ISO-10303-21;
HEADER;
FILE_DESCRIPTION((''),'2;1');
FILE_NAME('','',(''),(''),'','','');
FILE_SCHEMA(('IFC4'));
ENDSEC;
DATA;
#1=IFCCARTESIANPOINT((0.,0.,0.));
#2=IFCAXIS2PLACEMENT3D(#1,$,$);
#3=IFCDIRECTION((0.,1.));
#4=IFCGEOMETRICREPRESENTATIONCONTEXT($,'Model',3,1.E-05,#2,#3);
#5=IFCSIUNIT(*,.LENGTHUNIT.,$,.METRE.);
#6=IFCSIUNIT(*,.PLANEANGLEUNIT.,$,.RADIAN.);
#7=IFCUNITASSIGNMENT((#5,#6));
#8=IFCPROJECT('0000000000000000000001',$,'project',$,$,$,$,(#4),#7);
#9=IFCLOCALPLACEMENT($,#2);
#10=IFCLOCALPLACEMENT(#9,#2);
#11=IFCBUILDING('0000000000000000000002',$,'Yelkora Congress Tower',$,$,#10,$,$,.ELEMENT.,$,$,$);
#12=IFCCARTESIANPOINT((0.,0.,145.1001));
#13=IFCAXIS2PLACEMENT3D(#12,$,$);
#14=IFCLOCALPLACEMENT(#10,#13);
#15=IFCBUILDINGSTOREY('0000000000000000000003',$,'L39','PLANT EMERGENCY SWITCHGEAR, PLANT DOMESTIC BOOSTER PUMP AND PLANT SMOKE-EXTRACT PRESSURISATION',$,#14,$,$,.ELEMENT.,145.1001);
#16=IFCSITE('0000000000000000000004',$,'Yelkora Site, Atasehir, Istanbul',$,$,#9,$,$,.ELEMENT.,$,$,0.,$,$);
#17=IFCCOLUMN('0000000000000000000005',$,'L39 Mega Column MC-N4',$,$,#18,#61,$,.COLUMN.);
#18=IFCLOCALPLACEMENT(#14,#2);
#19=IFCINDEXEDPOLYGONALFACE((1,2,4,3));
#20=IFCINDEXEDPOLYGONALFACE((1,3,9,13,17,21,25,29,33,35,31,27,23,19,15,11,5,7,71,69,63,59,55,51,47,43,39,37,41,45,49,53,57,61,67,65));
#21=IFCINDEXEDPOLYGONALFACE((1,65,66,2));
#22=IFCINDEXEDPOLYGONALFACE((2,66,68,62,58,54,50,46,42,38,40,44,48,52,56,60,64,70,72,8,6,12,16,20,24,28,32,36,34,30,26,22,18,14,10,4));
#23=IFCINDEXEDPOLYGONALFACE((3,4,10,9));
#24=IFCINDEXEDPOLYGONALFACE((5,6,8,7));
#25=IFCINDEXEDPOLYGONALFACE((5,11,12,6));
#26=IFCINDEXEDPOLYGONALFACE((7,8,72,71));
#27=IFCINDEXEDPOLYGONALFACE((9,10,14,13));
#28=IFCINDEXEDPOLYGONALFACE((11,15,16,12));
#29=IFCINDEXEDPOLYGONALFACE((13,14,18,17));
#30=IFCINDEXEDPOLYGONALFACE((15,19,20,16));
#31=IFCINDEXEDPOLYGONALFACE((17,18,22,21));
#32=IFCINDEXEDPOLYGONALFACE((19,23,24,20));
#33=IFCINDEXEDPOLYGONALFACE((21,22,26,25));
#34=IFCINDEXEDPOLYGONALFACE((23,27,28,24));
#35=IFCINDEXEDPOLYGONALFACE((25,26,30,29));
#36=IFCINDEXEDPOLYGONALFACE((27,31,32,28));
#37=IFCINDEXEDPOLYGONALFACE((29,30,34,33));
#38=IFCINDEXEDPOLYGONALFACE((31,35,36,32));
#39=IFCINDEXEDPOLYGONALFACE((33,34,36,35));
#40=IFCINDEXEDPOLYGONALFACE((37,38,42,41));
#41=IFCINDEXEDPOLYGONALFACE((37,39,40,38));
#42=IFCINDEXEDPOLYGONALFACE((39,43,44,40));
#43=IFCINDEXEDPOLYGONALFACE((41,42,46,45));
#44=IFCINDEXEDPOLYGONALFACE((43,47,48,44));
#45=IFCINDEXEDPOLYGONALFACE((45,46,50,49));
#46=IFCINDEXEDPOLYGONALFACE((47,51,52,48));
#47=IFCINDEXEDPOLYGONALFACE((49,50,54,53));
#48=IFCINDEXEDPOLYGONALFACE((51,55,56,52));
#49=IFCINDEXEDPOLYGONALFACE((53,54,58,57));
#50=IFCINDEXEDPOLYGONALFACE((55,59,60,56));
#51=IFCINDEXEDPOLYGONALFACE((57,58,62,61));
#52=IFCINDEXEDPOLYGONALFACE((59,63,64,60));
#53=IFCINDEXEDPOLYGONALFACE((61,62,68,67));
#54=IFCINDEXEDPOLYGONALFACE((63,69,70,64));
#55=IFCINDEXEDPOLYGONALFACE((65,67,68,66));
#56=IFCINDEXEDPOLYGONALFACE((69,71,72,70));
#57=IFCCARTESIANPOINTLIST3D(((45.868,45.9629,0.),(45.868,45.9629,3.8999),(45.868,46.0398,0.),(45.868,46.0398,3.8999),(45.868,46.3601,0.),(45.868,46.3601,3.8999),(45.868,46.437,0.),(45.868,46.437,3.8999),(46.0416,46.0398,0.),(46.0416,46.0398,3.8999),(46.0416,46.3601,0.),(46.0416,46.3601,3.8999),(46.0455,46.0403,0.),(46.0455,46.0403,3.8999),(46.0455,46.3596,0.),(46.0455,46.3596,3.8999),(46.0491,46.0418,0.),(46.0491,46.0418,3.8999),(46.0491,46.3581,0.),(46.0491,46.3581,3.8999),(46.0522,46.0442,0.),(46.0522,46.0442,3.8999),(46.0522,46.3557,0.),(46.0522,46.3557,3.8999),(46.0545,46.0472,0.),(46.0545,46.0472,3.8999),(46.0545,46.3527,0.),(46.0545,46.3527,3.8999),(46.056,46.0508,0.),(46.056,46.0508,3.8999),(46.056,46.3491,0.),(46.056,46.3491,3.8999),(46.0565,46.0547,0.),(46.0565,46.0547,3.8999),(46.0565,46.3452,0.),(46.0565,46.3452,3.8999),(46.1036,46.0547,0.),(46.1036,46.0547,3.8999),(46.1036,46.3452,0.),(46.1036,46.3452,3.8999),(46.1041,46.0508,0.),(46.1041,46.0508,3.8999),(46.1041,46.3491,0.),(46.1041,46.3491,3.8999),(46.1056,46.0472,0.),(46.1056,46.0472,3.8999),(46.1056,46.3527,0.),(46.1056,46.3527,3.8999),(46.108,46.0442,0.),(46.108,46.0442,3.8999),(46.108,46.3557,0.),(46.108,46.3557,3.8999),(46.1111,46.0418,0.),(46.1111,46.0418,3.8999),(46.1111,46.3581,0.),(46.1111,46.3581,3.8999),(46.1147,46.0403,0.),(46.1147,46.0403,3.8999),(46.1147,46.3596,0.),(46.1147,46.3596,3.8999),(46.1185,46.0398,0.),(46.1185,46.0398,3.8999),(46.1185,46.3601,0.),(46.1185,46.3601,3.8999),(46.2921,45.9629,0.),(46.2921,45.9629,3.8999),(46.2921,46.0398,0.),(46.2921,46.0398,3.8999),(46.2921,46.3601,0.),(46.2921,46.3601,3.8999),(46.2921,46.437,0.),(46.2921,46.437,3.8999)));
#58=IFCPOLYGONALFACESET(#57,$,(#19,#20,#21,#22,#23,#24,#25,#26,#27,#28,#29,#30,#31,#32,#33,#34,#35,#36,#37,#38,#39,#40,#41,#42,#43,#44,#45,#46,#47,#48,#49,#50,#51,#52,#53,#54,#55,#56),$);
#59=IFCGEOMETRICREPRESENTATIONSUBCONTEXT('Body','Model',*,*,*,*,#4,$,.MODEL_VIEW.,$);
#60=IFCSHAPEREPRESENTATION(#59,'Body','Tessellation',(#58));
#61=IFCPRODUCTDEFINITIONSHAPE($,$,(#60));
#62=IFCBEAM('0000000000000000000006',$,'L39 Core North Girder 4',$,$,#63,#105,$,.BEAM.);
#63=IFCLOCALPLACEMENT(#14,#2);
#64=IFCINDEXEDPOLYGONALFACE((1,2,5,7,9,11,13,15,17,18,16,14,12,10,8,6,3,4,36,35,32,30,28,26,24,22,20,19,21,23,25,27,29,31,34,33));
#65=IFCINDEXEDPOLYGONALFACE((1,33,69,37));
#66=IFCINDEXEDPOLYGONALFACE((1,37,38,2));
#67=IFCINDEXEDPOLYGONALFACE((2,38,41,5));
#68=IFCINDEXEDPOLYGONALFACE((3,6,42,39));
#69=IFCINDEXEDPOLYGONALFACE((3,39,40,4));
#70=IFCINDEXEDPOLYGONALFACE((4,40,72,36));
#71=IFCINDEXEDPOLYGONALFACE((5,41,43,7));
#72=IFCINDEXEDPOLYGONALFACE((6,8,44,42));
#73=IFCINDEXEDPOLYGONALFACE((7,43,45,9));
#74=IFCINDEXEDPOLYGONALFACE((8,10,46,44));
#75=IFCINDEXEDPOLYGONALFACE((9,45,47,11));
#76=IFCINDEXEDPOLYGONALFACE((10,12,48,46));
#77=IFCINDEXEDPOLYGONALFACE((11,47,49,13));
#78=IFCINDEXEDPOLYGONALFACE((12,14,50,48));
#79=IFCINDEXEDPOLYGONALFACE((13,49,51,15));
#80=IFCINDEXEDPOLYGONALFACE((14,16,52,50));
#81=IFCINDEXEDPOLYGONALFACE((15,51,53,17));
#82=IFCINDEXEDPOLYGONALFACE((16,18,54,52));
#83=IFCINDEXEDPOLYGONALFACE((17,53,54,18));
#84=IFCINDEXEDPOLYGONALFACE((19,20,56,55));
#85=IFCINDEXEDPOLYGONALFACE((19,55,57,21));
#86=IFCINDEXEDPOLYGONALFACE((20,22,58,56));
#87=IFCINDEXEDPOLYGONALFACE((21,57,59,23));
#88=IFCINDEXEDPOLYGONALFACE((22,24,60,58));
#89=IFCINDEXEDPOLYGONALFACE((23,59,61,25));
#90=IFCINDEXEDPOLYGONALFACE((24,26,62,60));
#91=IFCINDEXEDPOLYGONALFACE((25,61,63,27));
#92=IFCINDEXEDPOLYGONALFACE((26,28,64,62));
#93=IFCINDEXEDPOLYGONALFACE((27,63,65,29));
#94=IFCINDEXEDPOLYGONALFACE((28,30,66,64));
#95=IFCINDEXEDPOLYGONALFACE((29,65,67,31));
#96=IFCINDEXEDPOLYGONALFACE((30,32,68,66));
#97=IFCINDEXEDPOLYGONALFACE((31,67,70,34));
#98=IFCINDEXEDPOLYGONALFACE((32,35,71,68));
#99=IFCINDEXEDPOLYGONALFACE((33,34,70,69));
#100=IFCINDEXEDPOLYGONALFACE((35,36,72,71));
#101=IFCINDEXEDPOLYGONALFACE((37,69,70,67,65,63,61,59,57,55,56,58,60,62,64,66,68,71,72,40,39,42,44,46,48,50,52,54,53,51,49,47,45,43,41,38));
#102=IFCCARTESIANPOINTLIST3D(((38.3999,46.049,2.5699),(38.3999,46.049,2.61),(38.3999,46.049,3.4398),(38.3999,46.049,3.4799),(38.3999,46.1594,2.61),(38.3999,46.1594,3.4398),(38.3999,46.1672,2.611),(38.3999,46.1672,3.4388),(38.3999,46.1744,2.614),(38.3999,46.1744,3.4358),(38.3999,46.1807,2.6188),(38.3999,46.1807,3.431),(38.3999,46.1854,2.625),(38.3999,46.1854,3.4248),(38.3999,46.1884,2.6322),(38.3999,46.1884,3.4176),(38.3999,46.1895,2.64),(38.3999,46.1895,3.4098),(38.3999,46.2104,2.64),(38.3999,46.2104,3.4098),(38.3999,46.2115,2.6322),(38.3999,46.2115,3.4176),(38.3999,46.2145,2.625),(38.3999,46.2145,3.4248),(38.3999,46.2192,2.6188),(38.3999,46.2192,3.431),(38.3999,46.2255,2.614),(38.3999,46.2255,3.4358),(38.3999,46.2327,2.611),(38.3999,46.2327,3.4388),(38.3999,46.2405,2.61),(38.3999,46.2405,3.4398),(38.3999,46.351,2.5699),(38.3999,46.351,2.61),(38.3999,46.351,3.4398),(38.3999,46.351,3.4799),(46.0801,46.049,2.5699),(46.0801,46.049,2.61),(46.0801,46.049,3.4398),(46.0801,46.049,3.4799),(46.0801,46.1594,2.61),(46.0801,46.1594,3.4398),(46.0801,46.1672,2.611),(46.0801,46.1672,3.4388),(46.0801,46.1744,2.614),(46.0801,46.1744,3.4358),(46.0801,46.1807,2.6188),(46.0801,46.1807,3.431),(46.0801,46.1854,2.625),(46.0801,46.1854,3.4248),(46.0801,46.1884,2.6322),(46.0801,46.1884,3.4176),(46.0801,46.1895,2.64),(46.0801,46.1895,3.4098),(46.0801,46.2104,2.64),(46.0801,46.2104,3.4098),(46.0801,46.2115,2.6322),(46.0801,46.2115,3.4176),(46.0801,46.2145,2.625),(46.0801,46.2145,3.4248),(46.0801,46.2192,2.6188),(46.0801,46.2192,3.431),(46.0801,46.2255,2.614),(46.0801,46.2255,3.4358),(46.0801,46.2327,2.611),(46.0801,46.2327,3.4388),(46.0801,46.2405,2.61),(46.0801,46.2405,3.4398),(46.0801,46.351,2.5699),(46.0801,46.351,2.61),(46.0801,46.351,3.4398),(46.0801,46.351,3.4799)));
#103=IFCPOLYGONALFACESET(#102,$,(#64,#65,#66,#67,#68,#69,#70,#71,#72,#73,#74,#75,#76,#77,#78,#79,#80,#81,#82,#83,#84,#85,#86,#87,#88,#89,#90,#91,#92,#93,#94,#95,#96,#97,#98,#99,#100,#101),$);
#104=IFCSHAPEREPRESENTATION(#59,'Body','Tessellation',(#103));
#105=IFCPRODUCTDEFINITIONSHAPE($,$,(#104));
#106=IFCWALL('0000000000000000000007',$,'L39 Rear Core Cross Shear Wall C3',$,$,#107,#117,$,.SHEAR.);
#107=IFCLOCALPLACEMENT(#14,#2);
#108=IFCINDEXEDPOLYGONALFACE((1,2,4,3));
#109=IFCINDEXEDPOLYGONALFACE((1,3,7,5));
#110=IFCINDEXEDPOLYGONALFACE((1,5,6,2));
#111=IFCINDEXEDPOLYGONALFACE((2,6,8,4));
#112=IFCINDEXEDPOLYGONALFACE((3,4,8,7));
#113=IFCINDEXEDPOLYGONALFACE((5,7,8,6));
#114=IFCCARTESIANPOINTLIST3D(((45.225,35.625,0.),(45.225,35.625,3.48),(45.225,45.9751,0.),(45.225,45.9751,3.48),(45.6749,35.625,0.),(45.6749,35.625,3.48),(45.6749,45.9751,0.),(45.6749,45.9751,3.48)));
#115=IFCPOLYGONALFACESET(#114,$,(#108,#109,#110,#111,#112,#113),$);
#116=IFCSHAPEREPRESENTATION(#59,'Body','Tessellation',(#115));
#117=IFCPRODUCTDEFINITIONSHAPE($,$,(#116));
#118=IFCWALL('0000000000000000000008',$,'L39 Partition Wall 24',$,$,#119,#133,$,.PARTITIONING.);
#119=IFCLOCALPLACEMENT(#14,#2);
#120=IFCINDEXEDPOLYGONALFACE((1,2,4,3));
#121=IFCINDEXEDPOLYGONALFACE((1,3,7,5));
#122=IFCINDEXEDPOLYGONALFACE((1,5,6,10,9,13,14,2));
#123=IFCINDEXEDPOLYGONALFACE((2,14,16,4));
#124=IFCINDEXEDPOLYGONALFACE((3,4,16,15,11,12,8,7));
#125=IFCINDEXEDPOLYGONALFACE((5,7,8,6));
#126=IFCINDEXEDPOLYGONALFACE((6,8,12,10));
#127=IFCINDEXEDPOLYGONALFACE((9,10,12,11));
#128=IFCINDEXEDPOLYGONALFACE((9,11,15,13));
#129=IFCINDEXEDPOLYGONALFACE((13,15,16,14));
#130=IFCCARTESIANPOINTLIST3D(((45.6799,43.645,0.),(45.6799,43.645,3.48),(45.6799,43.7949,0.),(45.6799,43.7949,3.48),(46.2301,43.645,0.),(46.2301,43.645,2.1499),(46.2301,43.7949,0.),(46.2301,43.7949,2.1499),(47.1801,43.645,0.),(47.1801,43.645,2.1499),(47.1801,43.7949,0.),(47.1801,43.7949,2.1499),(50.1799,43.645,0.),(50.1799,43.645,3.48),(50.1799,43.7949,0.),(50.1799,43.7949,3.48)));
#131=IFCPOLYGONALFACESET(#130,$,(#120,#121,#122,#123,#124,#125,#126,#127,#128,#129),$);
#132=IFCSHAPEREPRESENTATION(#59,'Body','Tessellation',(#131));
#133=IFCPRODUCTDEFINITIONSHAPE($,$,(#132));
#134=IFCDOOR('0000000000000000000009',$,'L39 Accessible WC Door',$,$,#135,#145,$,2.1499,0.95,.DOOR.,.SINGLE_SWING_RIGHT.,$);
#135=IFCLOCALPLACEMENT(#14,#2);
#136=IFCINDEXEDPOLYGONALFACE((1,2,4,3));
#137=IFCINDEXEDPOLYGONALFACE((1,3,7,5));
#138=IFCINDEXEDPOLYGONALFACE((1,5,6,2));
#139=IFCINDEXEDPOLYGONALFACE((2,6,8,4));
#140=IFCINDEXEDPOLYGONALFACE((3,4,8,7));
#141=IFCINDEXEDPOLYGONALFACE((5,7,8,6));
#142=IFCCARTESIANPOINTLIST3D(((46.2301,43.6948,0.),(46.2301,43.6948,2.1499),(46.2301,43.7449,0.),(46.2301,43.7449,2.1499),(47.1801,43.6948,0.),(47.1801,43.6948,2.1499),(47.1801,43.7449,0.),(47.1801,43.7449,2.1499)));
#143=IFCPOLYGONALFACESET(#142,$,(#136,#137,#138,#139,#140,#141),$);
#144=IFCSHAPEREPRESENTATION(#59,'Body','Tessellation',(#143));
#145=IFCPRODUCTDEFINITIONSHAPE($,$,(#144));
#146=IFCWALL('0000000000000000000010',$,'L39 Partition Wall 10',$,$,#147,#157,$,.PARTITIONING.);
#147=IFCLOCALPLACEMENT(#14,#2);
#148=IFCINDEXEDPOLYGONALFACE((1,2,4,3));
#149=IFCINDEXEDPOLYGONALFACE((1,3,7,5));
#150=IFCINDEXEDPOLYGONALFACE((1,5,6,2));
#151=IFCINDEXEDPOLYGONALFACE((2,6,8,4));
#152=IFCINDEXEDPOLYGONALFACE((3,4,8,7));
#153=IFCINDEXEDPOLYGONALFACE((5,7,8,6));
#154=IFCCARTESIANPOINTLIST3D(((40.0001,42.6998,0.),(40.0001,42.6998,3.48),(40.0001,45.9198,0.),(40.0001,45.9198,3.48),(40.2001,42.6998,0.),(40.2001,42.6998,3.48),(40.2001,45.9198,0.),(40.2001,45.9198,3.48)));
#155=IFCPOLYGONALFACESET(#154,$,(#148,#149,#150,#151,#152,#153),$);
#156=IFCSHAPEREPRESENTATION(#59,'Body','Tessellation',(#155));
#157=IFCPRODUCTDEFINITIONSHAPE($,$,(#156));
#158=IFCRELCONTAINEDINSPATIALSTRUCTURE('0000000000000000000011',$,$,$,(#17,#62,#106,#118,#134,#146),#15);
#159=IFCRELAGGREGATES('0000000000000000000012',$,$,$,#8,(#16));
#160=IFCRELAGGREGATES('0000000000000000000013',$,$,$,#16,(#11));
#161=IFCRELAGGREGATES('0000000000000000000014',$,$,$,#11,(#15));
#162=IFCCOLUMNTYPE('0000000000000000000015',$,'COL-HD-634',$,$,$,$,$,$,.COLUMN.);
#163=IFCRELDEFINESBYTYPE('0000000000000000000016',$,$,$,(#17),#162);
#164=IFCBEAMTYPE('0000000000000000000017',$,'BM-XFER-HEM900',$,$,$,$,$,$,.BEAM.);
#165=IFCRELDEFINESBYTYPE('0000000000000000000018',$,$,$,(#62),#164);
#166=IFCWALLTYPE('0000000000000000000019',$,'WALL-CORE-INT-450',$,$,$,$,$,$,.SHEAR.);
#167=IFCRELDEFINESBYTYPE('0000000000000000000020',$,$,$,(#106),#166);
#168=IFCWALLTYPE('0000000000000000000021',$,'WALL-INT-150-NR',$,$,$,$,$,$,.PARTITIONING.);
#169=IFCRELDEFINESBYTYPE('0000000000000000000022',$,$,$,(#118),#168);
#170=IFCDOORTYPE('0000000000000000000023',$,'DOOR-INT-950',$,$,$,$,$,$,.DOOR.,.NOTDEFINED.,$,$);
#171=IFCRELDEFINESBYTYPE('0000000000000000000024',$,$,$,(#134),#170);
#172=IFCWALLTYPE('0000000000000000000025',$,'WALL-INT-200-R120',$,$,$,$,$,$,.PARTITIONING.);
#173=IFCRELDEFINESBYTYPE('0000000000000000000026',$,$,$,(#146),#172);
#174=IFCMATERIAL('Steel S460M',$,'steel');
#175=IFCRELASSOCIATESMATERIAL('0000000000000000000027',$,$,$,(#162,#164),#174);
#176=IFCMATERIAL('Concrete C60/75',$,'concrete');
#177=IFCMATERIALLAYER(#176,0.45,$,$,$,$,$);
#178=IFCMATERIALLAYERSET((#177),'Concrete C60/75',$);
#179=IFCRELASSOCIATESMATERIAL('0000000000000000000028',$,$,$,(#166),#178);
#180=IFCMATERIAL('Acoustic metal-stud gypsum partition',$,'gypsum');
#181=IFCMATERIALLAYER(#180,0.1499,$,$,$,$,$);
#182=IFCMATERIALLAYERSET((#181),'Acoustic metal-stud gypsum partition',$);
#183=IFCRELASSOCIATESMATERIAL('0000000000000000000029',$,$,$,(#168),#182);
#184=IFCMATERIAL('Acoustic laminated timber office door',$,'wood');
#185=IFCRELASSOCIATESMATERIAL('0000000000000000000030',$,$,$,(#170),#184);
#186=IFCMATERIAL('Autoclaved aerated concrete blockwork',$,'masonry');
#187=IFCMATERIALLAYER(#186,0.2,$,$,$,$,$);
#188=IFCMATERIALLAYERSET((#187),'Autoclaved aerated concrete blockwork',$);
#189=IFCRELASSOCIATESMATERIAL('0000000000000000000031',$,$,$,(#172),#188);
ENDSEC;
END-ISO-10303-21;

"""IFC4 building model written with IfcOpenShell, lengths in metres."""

from ifc_helpers import new_model, si_unit, direction, frame, frame_2d, origin, origin_2d, place, context, subcontext, project, spatial, rectangle, i_section, extrude, material, layer, layer_set, material_profile, profile_set, type_object, element, fill, save


model = new_model("IFC4")

# Units and contexts
model_context = context("Model", 3, precision=1e-05, world=origin(), true_north=direction((0.0, 1.0)))
body_context = subcontext(model_context, "Body", "Model", "MODEL_VIEW")
ifc_project = project(units=[si_unit("LENGTHUNIT", "METRE"), si_unit("PLANEANGLEUNIT", "RADIAN")], contexts=[model_context])

# Site, building, storey
site_placement = place(None, origin())
site = spatial("IfcSite", under=ifc_project, at=site_placement, Name="Yelkora Site, Atasehir, Istanbul", CompositionType="ELEMENT", RefElevation=0.0)
building_placement = place(site_placement, origin())
building = spatial("IfcBuilding", under=site, at=building_placement, Name="Yelkora Congress Tower", CompositionType="ELEMENT")
storey_placement = place(building_placement, frame((0.0, 0.0, 145.1001)))
storey = spatial("IfcBuildingStorey", under=building, at=storey_placement, Name="L39", Description="PLANT EMERGENCY SWITCHGEAR, PLANT DOMESTIC BOOSTER PUMP AND PLANT SMOKE-EXTRACT PRESSURISATION", CompositionType="ELEMENT", Elevation=145.1001)

# Column
ifc_material_1 = material(Name="Steel S460M", Category="steel")
ifc_material_profile_1 = material_profile(ifc_material_1, i_section(OverallWidth=0.4241, OverallDepth=0.4741, WebThickness=0.0471, FlangeThickness=0.0769, FilletRadius=0.0149, at=origin_2d()), Name="HD 400x634")
ifc_profile_set_1 = profile_set([ifc_material_profile_1], Name="Steel S460M")
column_type = type_object("IfcColumnType", Name="COL-HD-634", PredefinedType="COLUMN", material=ifc_profile_set_1)
column_placement = place(storey_placement, frame((46.0801, 46.2, 0.0), z_axis=(0.0, 0.0, 1.0), x_axis=(1.0, 0.0, 0.0)))
element("IfcColumn", 1, at=column_placement, inside=storey, type_object=column_type, Name="L39 Mega Column MC-N4", PredefinedType="COLUMN", context=body_context, shape_type="SweptSolid", body=[
    extrude(i_section(OverallWidth=0.4241, OverallDepth=0.4741, WebThickness=0.0471, FlangeThickness=0.0769, FilletRadius=0.0149, at=origin_2d()), origin(), (0.0, 0.0, 1.0), 3.8999),
])

# Beam
ifc_material_profile_2 = material_profile(ifc_material_1, i_section(OverallWidth=0.302, OverallDepth=0.9099, WebThickness=0.021, FlangeThickness=0.04, FilletRadius=0.03, at=origin_2d()), Name="HEM 900")
ifc_profile_set_2 = profile_set([ifc_material_profile_2], Name="Steel S460M")
beam_type = type_object("IfcBeamType", Name="BM-XFER-HEM900", PredefinedType="BEAM", material=ifc_profile_set_2)
beam_placement = place(storey_placement, frame((38.3999, 46.2, 3.0249), z_axis=(1.0, 0.0, 0.0), x_axis=(0.0, 1.0, 0.0)))
element("IfcBeam", 2, at=beam_placement, inside=storey, type_object=beam_type, Name="L39 Core North Girder 4", PredefinedType="BEAM", context=body_context, shape_type="SweptSolid", body=[
    extrude(i_section(OverallWidth=0.302, OverallDepth=0.9099, WebThickness=0.021, FlangeThickness=0.04, FilletRadius=0.03, at=origin_2d()), origin(), (0.0, 0.0, 1.0), 7.6802),
])

# Wall
ifc_material_2 = material(Name="Concrete C60/75", Category="concrete")
ifc_layer_1 = layer(ifc_material_2, 0.45)
ifc_layer_set_1 = layer_set([ifc_layer_1], Name="Concrete C60/75")
wall_type_1 = type_object("IfcWallType", Name="WALL-CORE-INT-450", PredefinedType="SHEAR", material=ifc_layer_set_1)
wall_1_placement = place(storey_placement, frame((45.45, 35.625, 0.0), z_axis=(0.0, 0.0, 1.0), x_axis=(0.0, 1.0, 0.0)))
element("IfcWall", 3, at=wall_1_placement, inside=storey, type_object=wall_type_1, Name="L39 Rear Core Cross Shear Wall C3", PredefinedType="SHEAR", context=body_context, shape_type="SweptSolid", body=[
    extrude(rectangle(XDim=10.3501, YDim=0.45, at=frame_2d((5.175, 0.0))), origin(), (0.0, 0.0, 1.0), 3.48),
])

# Wall, opening, door
ifc_material_3 = material(Name="Acoustic metal-stud gypsum partition", Category="gypsum")
ifc_layer_2 = layer(ifc_material_3, 0.1499)
ifc_layer_set_2 = layer_set([ifc_layer_2], Name="Acoustic metal-stud gypsum partition")
wall_type_2 = type_object("IfcWallType", Name="WALL-INT-150-NR", PredefinedType="PARTITIONING", material=ifc_layer_set_2)
wall_2_placement = place(storey_placement, frame((45.6799, 43.72, 0.0), z_axis=(0.0, 0.0, 1.0), x_axis=(1.0, 0.0, 0.0)))
wall_2 = element("IfcWall", 4, at=wall_2_placement, inside=storey, type_object=wall_type_2, Name="L39 Partition Wall 24", PredefinedType="PARTITIONING", context=body_context, shape_type="SweptSolid", body=[
    extrude(rectangle(XDim=4.5, YDim=0.1499, at=frame_2d((2.25, 0.0))), origin(), (0.0, 0.0, 1.0), 3.48),
])
opening_1_placement = place(wall_2_placement, frame((0.55, 0.0, 0.0)))
opening_1 = element("IfcOpeningElement", 5, at=opening_1_placement, cuts=wall_2, PredefinedType="OPENING", context=body_context, shape_type="SweptSolid", body=[
    extrude(rectangle(XDim=0.95, YDim=2.1499, at=frame_2d((0.4751, 1.075))), frame((0.0, 0.085, 0.0), z_axis=(0.0, -1.0, 0.0), x_axis=(1.0, 0.0, 0.0)), (0.0, 0.0, 1.0), 0.1699),
])
ifc_material_4 = material(Name="Acoustic laminated timber office door", Category="wood")
door_type_1 = type_object("IfcDoorType", Name="DOOR-INT-950", OperationType="NOTDEFINED", PredefinedType="DOOR", material=ifc_material_4)
door_1_placement = place(opening_1_placement, origin())
door_1 = element("IfcDoor", 6, at=door_1_placement, inside=storey, type_object=door_type_1, Name="L39 Accessible WC Door", OperationType="SINGLE_SWING_RIGHT", OverallHeight=2.1499, OverallWidth=0.95, PredefinedType="DOOR", context=body_context, shape_type="SweptSolid", body=[
    extrude(rectangle(XDim=0.95, YDim=2.1499, at=frame_2d((0.4751, 1.075))), frame((0.0, 0.0249, 0.0), z_axis=(0.0, -1.0, 0.0), x_axis=(1.0, 0.0, 0.0)), (0.0, 0.0, 1.0), 0.05),
])
fill(opening_1, door_1)

# Wall
ifc_material_5 = material(Name="Autoclaved aerated concrete blockwork", Category="masonry")
ifc_layer_3 = layer(ifc_material_5, 0.2)
ifc_layer_set_3 = layer_set([ifc_layer_3], Name="Autoclaved aerated concrete blockwork")
wall_type_3 = type_object("IfcWallType", Name="WALL-INT-200-R120", PredefinedType="PARTITIONING", material=ifc_layer_set_3)
wall_3_placement = place(storey_placement, frame((40.1001, 42.7, 0.0), z_axis=(0.0, 0.0, 1.0), x_axis=(0.0, 1.0, 0.0)))
element("IfcWall", 7, at=wall_3_placement, inside=storey, type_object=wall_type_3, Name="L39 Partition Wall 10", PredefinedType="PARTITIONING", context=body_context, shape_type="SweptSolid", body=[
    extrude(rectangle(XDim=3.22, YDim=0.2, at=frame_2d((1.6099, 0.0))), origin(), (0.0, 0.0, 1.0), 3.48),
])

save(model, "model.ifc")
